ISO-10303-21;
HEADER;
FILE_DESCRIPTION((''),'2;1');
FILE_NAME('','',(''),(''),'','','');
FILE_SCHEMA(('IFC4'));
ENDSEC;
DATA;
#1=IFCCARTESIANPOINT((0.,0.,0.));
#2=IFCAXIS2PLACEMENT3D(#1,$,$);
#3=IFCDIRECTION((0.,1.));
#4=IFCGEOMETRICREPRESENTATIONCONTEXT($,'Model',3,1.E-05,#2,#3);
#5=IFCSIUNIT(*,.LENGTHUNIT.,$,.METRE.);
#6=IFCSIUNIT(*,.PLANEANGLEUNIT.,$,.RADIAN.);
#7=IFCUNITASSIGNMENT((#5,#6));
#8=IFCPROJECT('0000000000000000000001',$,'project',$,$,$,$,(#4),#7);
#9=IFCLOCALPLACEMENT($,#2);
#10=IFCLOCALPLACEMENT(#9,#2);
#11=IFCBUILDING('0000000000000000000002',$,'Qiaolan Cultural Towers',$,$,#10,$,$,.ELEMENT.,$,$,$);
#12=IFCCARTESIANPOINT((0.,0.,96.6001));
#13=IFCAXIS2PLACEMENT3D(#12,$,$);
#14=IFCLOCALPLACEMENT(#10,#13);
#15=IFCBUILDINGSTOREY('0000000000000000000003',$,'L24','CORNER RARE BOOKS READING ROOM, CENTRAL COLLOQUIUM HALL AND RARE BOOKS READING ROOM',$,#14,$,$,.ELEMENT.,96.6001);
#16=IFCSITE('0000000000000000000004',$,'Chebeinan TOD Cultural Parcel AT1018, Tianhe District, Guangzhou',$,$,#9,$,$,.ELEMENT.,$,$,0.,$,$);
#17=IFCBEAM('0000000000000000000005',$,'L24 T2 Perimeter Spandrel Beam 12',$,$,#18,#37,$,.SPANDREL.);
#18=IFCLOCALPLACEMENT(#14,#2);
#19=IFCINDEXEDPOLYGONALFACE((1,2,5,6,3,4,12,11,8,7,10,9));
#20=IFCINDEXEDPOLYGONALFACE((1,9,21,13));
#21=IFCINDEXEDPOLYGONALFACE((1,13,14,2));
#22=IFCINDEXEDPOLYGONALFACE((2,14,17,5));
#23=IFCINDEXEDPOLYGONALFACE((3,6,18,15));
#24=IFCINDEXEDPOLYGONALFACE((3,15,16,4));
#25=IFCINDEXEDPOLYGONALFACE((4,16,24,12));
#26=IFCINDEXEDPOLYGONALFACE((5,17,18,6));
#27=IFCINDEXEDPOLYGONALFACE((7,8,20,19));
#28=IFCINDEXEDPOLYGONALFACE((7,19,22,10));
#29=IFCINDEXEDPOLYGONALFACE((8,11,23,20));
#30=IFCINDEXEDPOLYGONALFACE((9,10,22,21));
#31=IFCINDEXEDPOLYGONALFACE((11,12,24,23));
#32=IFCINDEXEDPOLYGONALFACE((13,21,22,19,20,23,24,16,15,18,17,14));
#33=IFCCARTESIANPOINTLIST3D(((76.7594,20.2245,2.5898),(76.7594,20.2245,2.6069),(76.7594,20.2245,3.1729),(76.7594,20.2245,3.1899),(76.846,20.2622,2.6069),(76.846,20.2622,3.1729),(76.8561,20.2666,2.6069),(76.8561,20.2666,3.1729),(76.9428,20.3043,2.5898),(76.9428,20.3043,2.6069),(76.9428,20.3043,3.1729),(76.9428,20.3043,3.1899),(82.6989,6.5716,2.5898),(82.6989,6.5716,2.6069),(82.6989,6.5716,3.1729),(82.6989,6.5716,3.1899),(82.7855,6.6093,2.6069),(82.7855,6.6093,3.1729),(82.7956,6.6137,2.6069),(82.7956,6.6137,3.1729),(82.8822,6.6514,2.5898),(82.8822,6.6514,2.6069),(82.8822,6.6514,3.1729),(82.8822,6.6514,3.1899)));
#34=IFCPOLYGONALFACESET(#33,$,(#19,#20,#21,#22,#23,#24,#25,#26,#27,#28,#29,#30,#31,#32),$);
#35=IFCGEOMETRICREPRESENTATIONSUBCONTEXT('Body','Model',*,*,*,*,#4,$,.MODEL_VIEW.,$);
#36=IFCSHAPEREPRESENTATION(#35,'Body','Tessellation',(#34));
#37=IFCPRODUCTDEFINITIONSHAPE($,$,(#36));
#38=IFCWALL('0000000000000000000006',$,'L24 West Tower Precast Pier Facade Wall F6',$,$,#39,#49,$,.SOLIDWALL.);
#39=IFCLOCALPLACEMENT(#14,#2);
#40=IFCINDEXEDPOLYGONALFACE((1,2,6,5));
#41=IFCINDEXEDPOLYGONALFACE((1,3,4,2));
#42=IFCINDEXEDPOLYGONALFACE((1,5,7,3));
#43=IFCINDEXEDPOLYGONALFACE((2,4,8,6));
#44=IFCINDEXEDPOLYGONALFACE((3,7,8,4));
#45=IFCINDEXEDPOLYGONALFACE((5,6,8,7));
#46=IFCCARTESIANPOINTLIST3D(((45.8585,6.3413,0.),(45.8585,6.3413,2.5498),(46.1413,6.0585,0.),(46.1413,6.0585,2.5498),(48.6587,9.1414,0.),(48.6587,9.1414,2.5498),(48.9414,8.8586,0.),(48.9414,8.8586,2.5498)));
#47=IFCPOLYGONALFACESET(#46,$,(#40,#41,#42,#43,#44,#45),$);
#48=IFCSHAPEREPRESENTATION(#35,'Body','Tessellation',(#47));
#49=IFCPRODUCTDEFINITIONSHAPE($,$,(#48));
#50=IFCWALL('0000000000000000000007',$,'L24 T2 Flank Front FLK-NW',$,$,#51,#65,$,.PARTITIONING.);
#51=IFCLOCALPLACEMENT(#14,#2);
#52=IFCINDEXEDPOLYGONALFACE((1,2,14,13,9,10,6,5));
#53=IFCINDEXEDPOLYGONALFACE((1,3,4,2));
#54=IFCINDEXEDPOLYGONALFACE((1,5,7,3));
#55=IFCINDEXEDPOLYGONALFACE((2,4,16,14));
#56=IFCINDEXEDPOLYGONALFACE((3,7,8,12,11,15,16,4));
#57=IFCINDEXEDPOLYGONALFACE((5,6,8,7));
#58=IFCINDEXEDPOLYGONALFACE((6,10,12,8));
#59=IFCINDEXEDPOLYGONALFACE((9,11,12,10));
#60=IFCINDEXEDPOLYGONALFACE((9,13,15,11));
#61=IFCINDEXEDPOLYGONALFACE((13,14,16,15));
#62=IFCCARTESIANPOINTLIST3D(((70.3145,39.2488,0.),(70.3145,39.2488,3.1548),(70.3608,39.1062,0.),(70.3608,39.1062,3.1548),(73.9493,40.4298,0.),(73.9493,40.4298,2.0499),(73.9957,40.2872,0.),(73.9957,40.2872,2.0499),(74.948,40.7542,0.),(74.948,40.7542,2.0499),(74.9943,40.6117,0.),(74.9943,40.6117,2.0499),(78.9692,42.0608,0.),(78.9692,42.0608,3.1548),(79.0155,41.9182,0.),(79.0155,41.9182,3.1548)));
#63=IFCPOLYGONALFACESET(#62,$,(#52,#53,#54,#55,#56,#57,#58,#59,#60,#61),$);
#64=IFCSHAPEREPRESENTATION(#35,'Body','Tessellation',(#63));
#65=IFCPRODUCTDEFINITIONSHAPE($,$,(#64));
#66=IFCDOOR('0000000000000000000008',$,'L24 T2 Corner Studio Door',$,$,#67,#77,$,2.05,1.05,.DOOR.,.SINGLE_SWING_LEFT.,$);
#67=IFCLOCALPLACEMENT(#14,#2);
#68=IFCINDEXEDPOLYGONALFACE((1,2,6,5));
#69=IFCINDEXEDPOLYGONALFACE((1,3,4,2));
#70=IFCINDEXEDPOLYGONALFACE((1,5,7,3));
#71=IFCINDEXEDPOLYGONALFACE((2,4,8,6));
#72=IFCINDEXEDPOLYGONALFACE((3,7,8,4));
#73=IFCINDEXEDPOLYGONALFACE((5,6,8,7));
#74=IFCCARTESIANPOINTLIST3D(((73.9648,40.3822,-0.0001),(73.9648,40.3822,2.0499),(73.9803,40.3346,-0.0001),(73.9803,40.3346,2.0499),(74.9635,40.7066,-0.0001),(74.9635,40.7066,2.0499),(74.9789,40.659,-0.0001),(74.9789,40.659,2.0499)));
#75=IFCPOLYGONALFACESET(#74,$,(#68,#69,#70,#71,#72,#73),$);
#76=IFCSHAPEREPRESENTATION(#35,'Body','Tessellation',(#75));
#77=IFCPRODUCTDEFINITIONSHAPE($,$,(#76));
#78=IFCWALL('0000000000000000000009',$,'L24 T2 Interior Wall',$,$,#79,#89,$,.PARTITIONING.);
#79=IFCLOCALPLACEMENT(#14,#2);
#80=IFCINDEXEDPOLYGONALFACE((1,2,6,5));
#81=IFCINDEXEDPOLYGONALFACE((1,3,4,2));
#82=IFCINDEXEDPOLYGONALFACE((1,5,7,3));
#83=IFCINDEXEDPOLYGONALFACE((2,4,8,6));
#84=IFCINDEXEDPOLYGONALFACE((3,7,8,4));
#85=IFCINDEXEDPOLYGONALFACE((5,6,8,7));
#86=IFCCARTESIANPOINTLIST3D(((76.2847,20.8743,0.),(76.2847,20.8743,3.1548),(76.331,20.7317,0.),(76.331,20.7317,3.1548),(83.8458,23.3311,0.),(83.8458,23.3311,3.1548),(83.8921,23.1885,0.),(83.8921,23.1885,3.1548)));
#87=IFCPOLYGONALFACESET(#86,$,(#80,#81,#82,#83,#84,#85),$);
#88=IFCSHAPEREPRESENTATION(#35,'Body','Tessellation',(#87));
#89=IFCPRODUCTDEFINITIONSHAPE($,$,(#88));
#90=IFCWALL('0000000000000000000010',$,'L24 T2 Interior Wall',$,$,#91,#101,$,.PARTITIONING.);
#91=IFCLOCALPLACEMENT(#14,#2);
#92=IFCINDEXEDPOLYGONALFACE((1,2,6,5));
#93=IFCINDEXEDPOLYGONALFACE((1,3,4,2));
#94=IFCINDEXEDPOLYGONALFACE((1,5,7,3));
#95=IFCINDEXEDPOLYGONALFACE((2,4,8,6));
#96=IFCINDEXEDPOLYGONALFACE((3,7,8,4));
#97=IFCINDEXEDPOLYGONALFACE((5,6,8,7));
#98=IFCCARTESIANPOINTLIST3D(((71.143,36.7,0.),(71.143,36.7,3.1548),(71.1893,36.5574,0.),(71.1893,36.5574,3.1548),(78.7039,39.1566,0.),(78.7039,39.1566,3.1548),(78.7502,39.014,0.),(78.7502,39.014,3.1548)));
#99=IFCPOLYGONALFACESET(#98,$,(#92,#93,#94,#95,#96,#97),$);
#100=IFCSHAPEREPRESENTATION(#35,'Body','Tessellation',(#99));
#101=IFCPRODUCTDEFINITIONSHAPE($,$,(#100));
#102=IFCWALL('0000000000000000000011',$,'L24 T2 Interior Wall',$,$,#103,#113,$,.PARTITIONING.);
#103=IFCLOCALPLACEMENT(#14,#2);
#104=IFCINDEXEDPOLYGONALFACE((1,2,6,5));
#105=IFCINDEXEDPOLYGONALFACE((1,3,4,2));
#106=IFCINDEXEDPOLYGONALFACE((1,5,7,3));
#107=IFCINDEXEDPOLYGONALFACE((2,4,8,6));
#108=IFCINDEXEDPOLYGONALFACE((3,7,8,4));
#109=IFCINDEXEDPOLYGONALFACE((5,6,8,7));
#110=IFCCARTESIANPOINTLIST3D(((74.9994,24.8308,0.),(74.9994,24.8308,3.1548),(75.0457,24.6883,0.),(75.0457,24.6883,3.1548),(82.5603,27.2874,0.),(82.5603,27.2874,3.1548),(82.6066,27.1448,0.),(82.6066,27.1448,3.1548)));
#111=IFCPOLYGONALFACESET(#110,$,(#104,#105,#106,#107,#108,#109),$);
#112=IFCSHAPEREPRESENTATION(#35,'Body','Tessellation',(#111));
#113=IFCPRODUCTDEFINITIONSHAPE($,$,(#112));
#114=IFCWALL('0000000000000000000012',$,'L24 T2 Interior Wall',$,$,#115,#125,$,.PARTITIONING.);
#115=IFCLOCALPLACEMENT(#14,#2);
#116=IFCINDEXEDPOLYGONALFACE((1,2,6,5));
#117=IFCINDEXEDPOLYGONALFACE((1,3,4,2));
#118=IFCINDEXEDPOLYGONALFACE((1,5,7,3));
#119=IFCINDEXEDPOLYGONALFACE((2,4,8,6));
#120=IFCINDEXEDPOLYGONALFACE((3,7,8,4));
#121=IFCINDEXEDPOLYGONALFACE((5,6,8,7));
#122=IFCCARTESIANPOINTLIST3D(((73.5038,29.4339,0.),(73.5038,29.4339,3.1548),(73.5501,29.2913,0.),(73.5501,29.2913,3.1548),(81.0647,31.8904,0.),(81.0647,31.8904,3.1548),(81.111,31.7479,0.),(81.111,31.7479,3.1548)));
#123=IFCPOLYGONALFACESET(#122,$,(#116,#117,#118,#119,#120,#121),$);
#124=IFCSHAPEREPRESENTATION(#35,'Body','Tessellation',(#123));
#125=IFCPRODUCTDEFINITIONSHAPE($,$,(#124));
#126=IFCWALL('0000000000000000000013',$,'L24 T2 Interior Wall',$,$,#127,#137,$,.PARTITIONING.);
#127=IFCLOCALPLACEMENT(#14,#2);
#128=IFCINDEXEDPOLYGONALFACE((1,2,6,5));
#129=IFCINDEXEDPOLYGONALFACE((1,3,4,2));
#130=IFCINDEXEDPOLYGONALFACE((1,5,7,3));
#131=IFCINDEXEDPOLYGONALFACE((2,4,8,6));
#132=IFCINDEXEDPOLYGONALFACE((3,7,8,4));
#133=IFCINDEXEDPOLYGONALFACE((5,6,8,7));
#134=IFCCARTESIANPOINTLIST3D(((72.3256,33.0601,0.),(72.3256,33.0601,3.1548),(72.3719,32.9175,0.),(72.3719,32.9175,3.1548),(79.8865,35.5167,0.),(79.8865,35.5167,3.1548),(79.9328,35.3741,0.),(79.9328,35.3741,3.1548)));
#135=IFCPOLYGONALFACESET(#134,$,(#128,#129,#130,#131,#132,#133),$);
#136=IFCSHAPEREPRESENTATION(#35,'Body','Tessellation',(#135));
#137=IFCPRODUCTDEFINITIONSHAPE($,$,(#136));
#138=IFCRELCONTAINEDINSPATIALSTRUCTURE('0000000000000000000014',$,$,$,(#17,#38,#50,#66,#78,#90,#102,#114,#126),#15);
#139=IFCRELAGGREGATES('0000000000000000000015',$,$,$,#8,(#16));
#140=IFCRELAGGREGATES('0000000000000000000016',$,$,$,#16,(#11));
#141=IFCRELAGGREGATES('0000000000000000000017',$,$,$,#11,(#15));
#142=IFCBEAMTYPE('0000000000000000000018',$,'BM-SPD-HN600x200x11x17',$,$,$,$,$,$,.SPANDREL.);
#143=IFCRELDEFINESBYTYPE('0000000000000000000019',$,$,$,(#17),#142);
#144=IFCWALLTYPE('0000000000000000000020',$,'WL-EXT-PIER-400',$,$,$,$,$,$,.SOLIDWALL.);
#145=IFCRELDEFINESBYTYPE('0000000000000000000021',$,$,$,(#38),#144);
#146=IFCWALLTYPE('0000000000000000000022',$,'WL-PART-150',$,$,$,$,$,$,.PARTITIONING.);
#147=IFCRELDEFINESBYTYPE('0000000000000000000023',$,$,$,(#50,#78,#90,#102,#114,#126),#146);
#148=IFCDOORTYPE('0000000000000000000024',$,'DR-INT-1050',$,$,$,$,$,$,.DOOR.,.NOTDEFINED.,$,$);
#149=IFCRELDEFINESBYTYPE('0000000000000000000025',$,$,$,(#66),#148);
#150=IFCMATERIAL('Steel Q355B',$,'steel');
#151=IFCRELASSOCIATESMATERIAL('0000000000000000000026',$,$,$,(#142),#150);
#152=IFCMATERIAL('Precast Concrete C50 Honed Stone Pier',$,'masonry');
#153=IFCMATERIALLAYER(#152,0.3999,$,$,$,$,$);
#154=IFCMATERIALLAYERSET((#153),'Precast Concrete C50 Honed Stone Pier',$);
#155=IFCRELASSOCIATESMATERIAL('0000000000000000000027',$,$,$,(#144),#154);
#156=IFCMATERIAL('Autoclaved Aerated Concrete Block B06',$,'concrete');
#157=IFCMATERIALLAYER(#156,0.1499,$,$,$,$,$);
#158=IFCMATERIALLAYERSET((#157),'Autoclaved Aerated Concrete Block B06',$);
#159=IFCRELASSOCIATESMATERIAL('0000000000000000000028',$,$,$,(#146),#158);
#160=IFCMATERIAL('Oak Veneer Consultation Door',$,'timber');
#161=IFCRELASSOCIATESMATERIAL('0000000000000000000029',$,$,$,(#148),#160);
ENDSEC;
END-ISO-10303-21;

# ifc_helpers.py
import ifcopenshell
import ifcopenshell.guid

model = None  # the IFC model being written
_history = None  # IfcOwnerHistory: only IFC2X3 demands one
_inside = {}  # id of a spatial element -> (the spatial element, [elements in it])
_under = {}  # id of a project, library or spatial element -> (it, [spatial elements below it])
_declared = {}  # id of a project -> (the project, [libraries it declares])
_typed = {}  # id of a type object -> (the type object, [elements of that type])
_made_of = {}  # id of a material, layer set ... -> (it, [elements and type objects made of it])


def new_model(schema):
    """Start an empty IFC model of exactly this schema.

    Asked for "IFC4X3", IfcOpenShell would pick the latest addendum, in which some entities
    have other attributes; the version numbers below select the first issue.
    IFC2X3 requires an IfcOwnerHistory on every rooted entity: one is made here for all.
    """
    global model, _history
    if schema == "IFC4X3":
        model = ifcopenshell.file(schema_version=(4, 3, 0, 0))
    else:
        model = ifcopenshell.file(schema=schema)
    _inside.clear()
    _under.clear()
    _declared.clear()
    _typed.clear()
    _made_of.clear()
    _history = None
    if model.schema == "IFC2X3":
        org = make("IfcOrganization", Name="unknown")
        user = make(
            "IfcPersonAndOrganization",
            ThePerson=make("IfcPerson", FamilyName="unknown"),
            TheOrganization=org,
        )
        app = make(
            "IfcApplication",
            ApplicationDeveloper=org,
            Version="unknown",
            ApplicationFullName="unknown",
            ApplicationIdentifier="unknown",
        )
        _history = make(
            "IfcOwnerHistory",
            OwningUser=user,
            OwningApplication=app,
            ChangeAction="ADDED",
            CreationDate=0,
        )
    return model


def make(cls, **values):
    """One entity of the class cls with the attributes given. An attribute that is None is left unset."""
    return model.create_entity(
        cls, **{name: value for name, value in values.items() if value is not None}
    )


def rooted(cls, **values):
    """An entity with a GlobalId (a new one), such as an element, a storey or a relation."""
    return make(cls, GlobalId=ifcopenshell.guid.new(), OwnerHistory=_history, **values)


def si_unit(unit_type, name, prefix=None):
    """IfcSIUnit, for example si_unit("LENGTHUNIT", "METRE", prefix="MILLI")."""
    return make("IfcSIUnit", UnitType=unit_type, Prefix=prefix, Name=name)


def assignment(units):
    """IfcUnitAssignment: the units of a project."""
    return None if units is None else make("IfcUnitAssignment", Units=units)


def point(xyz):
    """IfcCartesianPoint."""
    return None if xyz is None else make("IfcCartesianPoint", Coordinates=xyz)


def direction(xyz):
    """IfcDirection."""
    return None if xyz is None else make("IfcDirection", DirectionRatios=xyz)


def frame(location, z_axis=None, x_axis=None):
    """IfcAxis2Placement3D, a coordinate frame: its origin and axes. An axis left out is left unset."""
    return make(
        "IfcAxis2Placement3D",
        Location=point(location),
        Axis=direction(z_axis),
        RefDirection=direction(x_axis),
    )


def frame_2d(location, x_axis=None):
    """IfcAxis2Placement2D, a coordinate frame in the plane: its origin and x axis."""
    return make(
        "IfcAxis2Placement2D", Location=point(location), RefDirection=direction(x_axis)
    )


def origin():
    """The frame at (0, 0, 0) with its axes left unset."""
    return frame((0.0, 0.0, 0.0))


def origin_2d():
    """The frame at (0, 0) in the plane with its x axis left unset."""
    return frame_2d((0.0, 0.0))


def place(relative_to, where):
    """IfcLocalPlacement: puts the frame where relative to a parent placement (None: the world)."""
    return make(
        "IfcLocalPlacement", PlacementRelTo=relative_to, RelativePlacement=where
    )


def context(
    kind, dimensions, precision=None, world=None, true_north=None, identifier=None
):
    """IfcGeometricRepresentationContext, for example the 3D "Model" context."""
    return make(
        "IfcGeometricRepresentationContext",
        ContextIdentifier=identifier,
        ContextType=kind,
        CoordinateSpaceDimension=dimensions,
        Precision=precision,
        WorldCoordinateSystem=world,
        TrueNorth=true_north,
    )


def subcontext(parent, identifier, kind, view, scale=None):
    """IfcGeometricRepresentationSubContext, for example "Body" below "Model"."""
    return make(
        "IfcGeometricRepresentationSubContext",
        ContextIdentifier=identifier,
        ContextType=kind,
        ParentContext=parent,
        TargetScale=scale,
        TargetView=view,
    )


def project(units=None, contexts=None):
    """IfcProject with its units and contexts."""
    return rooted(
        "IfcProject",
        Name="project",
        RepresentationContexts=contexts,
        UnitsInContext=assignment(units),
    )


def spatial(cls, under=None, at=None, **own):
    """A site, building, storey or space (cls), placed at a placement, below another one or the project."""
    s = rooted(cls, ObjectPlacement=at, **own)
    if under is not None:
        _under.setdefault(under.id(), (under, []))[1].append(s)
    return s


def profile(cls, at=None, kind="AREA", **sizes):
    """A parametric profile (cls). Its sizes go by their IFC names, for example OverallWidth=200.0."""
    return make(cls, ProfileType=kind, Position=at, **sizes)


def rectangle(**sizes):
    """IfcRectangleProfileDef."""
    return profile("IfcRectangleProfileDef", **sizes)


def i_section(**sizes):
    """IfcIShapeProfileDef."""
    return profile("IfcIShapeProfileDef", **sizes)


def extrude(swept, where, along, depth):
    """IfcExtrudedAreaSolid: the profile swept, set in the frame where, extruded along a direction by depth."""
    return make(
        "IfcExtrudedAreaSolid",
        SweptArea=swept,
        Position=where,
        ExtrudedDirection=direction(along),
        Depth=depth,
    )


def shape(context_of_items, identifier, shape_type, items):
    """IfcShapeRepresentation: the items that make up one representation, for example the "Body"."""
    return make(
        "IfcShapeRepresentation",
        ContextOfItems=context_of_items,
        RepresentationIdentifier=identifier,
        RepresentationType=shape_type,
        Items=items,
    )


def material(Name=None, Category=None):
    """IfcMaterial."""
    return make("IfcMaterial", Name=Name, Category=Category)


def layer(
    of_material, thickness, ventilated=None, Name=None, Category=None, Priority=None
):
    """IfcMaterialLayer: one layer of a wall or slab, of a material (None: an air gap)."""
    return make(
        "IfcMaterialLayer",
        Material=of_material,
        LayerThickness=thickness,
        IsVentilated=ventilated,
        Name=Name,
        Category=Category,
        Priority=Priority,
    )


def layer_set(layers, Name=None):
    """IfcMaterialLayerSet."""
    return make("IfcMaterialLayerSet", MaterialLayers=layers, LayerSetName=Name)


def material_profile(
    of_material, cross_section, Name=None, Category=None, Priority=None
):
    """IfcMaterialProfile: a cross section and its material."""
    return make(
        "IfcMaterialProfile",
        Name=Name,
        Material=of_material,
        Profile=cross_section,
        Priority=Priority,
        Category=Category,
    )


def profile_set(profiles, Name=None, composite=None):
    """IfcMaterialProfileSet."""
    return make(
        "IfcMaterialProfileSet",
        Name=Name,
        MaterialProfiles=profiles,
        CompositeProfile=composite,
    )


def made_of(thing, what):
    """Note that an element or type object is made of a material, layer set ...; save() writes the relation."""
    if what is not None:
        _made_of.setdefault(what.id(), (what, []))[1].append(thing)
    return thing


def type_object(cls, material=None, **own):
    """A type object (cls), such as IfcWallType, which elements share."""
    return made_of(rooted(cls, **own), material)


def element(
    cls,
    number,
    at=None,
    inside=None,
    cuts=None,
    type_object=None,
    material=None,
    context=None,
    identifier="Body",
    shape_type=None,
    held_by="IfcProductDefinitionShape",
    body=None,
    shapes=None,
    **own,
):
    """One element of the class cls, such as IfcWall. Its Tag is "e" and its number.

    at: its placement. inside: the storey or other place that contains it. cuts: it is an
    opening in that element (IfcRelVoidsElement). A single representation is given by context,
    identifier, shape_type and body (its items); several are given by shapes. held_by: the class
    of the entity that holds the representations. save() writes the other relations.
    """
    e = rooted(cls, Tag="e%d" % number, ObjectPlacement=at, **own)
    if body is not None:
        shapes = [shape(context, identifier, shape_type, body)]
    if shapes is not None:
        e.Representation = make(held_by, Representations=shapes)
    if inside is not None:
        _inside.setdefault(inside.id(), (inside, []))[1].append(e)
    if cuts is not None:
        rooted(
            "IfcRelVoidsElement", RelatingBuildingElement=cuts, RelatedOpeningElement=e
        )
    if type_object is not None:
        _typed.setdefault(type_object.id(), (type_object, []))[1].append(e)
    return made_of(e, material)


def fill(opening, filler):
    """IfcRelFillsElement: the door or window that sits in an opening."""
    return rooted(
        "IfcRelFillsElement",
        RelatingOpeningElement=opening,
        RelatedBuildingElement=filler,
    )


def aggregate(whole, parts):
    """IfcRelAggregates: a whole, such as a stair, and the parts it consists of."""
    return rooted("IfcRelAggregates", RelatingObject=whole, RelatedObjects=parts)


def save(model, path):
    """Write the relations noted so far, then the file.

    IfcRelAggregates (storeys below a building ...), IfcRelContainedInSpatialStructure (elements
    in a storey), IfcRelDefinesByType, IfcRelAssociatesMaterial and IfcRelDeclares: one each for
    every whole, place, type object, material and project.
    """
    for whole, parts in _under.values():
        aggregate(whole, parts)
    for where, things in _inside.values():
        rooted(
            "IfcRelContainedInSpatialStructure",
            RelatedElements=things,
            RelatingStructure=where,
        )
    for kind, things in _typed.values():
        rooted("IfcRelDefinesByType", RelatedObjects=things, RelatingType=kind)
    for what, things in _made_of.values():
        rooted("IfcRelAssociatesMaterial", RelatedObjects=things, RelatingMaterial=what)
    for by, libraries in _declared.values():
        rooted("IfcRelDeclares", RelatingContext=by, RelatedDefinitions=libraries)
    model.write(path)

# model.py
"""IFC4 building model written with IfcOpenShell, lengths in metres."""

from ifc_helpers import new_model, si_unit, direction, frame, frame_2d, origin, origin_2d, place, context, subcontext, project, spatial, rectangle, i_section, extrude, material, layer, layer_set, material_profile, profile_set, type_object, element, fill, save


model = new_model("IFC4")

# Units and contexts
model_context = context("Model", 3, precision=1e-05, world=origin(), true_north=direction((0.0, 1.0)))
body_context = subcontext(model_context, "Body", "Model", "MODEL_VIEW")
ifc_project = project(units=[si_unit("LENGTHUNIT", "METRE"), si_unit("PLANEANGLEUNIT", "RADIAN")], contexts=[model_context])

# Site, building, storey
site_placement = place(None, origin())
site = spatial("IfcSite", under=ifc_project, at=site_placement, Name="Chebeinan TOD Cultural Parcel AT1018, Tianhe District, Guangzhou", CompositionType="ELEMENT", RefElevation=0.0)
building_placement = place(site_placement, origin())
building = spatial("IfcBuilding", under=site, at=building_placement, Name="Qiaolan Cultural Towers", CompositionType="ELEMENT")
storey_placement = place(building_placement, frame((0.0, 0.0, 96.6001)))
storey = spatial("IfcBuildingStorey", under=building, at=storey_placement, Name="L24", Description="CORNER RARE BOOKS READING ROOM, CENTRAL COLLOQUIUM HALL AND RARE BOOKS READING ROOM", CompositionType="ELEMENT", Elevation=96.6001)

# Beam
ifc_material_1 = material(Name="Steel Q355B", Category="steel")
ifc_material_profile_1 = material_profile(ifc_material_1, i_section(OverallWidth=0.2, OverallDepth=0.6001, WebThickness=0.011, FlangeThickness=0.0171, at=origin_2d()), Name="HN600x200x11x17")
ifc_profile_set_1 = profile_set([ifc_material_profile_1], Name="Steel Q355B")
beam_type_1 = type_object("IfcBeamType", Name="BM-SPD-HN600x200x11x17", PredefinedType="SPANDREL", material=ifc_profile_set_1)
beam_placement = place(storey_placement, frame((76.8511, 20.2644, 2.8899), z_axis=(0.39892, -0.916986, 0.0), x_axis=(0.916986, 0.39892, 0.0)))
element("IfcBeam", 1, at=beam_placement, inside=storey, type_object=beam_type_1, Name="L24 T2 Perimeter Spandrel Beam 12", PredefinedType="SPANDREL", context=body_context, shape_type="SweptSolid", body=[
    extrude(i_section(OverallWidth=0.2, OverallDepth=0.6001, WebThickness=0.011, FlangeThickness=0.0171, at=origin_2d()), origin(), (0.0, 0.0, 1.0), 14.8889),
])

# Wall
ifc_material_2 = material(Name="Precast Concrete C50 Honed Stone Pier", Category="masonry")
ifc_layer_1 = layer(ifc_material_2, 0.3999)
ifc_layer_set_1 = layer_set([ifc_layer_1], Name="Precast Concrete C50 Honed Stone Pier")
wall_type_1 = type_object("IfcWallType", Name="WL-EXT-PIER-400", PredefinedType="SOLIDWALL", material=ifc_layer_set_1)
wall_1_placement = place(storey_placement, frame((48.8, 9.0, 0.0), z_axis=(0.0, 0.0, 1.0), x_axis=(-0.707107, -0.707107, 0.0)))
element("IfcWall", 2, at=wall_1_placement, inside=storey, type_object=wall_type_1, Name="L24 West Tower Precast Pier Facade Wall F6", PredefinedType="SOLIDWALL", context=body_context, shape_type="SweptSolid", body=[
    extrude(rectangle(XDim=3.96, YDim=0.3999, at=frame_2d((1.98, 0.0))), origin(), (0.0, 0.0, 1.0), 2.5498),
])

# Wall, opening, door
ifc_material_3 = material(Name="Autoclaved Aerated Concrete Block B06", Category="concrete")
ifc_layer_2 = layer(ifc_material_3, 0.1499)
ifc_layer_set_2 = layer_set([ifc_layer_2], Name="Autoclaved Aerated Concrete Block B06")
wall_type_2 = type_object("IfcWallType", Name="WL-PART-150", PredefinedType="PARTITIONING", material=ifc_layer_set_2)
wall_2_placement = place(storey_placement, frame((70.3376, 39.1775, 0.0), z_axis=(0.0, 0.0, 1.0), x_axis=(0.95106, 0.309007, 0.0)))
wall_2 = element("IfcWall", 3, at=wall_2_placement, inside=storey, type_object=wall_type_2, Name="L24 T2 Flank Front FLK-NW", PredefinedType="PARTITIONING", context=body_context, shape_type="SweptSolid", body=[
    extrude(rectangle(XDim=9.1001, YDim=0.1499, at=frame_2d((4.55, 0.0))), origin(), (0.0, 0.0, 1.0), 3.1548),
])
opening_placement = place(wall_2_placement, frame((3.822, 0.0, 0.0)))
opening = element("IfcOpeningElement", 4, at=opening_placement, cuts=wall_2, PredefinedType="OPENING", context=body_context, shape_type="SweptSolid", body=[
    extrude(rectangle(XDim=1.05, YDim=2.05, at=frame_2d((0.5249, 1.0249))), frame((0.0, 0.085, 0.0), z_axis=(0.0, -1.0, 0.0), x_axis=(1.0, 0.0, 0.0)), (0.0, 0.0, 1.0), 0.1699),
])
ifc_material_4 = material(Name="Oak Veneer Consultation Door", Category="timber")
door_type = type_object("IfcDoorType", Name="DR-INT-1050", OperationType="NOTDEFINED", PredefinedType="DOOR", material=ifc_material_4)
door_placement = place(opening_placement, origin())
door = element("IfcDoor", 5, at=door_placement, inside=storey, type_object=door_type, Name="L24 T2 Corner Studio Door", OperationType="SINGLE_SWING_LEFT", OverallHeight=2.05, OverallWidth=1.05, PredefinedType="DOOR", context=body_context, shape_type="SweptSolid", body=[
    extrude(rectangle(XDim=1.05, YDim=2.05, at=frame_2d((0.5249, 1.0249))), frame((0.0, 0.0249, 0.0), z_axis=(0.0, -1.0, 0.0), x_axis=(1.0, 0.0, 0.0)), (0.0, 0.0, 1.0), 0.05),
])
fill(opening, door)

# Walls
wall_3_placement = place(storey_placement, frame((76.3079, 20.803, 0.0), z_axis=(0.0, 0.0, 1.0), x_axis=(0.951054, 0.309024, 0.0)))
element("IfcWall", 6, at=wall_3_placement, inside=storey, type_object=wall_type_2, Name="L24 T2 Interior Wall", PredefinedType="PARTITIONING", context=body_context, shape_type="SweptSolid", body=[
    extrude(rectangle(XDim=7.9502, YDim=0.1499, at=frame_2d((3.9751, 0.0))), origin(), (0.0, 0.0, 1.0), 3.1548),
])
for number, where, z_axis, x_axis, name in (
    (7, (71.166, 36.6287, 0.0), (0.0, 0.0, 1.0), (0.95106, 0.309005, 0.0), "L24 T2 Interior Wall"),
    (8, (75.0225, 24.7595, 0.0), (0.0, 0.0, 1.0), (0.95106, 0.309005, 0.0), "L24 T2 Interior Wall"),
    (9, (73.5269, 29.3625, 0.0), (0.0, 0.0, 1.0), (0.95106, 0.309005, 0.0), "L24 T2 Interior Wall"),
    (10, (72.3486, 32.9888, 0.0), (0.0, 0.0, 1.0), (0.95106, 0.309005, 0.0), "L24 T2 Interior Wall"),
):
    element("IfcWall", number, at=place(storey_placement, frame(where, z_axis=z_axis, x_axis=x_axis)), inside=storey, type_object=wall_type_2, Name=name, PredefinedType="PARTITIONING", context=body_context, shape_type="SweptSolid", body=[
        extrude(rectangle(XDim=7.95, YDim=0.1499, at=frame_2d((3.9751, 0.0))), origin(), (0.0, 0.0, 1.0), 3.1548),
    ])

save(model, "model.ifc")
